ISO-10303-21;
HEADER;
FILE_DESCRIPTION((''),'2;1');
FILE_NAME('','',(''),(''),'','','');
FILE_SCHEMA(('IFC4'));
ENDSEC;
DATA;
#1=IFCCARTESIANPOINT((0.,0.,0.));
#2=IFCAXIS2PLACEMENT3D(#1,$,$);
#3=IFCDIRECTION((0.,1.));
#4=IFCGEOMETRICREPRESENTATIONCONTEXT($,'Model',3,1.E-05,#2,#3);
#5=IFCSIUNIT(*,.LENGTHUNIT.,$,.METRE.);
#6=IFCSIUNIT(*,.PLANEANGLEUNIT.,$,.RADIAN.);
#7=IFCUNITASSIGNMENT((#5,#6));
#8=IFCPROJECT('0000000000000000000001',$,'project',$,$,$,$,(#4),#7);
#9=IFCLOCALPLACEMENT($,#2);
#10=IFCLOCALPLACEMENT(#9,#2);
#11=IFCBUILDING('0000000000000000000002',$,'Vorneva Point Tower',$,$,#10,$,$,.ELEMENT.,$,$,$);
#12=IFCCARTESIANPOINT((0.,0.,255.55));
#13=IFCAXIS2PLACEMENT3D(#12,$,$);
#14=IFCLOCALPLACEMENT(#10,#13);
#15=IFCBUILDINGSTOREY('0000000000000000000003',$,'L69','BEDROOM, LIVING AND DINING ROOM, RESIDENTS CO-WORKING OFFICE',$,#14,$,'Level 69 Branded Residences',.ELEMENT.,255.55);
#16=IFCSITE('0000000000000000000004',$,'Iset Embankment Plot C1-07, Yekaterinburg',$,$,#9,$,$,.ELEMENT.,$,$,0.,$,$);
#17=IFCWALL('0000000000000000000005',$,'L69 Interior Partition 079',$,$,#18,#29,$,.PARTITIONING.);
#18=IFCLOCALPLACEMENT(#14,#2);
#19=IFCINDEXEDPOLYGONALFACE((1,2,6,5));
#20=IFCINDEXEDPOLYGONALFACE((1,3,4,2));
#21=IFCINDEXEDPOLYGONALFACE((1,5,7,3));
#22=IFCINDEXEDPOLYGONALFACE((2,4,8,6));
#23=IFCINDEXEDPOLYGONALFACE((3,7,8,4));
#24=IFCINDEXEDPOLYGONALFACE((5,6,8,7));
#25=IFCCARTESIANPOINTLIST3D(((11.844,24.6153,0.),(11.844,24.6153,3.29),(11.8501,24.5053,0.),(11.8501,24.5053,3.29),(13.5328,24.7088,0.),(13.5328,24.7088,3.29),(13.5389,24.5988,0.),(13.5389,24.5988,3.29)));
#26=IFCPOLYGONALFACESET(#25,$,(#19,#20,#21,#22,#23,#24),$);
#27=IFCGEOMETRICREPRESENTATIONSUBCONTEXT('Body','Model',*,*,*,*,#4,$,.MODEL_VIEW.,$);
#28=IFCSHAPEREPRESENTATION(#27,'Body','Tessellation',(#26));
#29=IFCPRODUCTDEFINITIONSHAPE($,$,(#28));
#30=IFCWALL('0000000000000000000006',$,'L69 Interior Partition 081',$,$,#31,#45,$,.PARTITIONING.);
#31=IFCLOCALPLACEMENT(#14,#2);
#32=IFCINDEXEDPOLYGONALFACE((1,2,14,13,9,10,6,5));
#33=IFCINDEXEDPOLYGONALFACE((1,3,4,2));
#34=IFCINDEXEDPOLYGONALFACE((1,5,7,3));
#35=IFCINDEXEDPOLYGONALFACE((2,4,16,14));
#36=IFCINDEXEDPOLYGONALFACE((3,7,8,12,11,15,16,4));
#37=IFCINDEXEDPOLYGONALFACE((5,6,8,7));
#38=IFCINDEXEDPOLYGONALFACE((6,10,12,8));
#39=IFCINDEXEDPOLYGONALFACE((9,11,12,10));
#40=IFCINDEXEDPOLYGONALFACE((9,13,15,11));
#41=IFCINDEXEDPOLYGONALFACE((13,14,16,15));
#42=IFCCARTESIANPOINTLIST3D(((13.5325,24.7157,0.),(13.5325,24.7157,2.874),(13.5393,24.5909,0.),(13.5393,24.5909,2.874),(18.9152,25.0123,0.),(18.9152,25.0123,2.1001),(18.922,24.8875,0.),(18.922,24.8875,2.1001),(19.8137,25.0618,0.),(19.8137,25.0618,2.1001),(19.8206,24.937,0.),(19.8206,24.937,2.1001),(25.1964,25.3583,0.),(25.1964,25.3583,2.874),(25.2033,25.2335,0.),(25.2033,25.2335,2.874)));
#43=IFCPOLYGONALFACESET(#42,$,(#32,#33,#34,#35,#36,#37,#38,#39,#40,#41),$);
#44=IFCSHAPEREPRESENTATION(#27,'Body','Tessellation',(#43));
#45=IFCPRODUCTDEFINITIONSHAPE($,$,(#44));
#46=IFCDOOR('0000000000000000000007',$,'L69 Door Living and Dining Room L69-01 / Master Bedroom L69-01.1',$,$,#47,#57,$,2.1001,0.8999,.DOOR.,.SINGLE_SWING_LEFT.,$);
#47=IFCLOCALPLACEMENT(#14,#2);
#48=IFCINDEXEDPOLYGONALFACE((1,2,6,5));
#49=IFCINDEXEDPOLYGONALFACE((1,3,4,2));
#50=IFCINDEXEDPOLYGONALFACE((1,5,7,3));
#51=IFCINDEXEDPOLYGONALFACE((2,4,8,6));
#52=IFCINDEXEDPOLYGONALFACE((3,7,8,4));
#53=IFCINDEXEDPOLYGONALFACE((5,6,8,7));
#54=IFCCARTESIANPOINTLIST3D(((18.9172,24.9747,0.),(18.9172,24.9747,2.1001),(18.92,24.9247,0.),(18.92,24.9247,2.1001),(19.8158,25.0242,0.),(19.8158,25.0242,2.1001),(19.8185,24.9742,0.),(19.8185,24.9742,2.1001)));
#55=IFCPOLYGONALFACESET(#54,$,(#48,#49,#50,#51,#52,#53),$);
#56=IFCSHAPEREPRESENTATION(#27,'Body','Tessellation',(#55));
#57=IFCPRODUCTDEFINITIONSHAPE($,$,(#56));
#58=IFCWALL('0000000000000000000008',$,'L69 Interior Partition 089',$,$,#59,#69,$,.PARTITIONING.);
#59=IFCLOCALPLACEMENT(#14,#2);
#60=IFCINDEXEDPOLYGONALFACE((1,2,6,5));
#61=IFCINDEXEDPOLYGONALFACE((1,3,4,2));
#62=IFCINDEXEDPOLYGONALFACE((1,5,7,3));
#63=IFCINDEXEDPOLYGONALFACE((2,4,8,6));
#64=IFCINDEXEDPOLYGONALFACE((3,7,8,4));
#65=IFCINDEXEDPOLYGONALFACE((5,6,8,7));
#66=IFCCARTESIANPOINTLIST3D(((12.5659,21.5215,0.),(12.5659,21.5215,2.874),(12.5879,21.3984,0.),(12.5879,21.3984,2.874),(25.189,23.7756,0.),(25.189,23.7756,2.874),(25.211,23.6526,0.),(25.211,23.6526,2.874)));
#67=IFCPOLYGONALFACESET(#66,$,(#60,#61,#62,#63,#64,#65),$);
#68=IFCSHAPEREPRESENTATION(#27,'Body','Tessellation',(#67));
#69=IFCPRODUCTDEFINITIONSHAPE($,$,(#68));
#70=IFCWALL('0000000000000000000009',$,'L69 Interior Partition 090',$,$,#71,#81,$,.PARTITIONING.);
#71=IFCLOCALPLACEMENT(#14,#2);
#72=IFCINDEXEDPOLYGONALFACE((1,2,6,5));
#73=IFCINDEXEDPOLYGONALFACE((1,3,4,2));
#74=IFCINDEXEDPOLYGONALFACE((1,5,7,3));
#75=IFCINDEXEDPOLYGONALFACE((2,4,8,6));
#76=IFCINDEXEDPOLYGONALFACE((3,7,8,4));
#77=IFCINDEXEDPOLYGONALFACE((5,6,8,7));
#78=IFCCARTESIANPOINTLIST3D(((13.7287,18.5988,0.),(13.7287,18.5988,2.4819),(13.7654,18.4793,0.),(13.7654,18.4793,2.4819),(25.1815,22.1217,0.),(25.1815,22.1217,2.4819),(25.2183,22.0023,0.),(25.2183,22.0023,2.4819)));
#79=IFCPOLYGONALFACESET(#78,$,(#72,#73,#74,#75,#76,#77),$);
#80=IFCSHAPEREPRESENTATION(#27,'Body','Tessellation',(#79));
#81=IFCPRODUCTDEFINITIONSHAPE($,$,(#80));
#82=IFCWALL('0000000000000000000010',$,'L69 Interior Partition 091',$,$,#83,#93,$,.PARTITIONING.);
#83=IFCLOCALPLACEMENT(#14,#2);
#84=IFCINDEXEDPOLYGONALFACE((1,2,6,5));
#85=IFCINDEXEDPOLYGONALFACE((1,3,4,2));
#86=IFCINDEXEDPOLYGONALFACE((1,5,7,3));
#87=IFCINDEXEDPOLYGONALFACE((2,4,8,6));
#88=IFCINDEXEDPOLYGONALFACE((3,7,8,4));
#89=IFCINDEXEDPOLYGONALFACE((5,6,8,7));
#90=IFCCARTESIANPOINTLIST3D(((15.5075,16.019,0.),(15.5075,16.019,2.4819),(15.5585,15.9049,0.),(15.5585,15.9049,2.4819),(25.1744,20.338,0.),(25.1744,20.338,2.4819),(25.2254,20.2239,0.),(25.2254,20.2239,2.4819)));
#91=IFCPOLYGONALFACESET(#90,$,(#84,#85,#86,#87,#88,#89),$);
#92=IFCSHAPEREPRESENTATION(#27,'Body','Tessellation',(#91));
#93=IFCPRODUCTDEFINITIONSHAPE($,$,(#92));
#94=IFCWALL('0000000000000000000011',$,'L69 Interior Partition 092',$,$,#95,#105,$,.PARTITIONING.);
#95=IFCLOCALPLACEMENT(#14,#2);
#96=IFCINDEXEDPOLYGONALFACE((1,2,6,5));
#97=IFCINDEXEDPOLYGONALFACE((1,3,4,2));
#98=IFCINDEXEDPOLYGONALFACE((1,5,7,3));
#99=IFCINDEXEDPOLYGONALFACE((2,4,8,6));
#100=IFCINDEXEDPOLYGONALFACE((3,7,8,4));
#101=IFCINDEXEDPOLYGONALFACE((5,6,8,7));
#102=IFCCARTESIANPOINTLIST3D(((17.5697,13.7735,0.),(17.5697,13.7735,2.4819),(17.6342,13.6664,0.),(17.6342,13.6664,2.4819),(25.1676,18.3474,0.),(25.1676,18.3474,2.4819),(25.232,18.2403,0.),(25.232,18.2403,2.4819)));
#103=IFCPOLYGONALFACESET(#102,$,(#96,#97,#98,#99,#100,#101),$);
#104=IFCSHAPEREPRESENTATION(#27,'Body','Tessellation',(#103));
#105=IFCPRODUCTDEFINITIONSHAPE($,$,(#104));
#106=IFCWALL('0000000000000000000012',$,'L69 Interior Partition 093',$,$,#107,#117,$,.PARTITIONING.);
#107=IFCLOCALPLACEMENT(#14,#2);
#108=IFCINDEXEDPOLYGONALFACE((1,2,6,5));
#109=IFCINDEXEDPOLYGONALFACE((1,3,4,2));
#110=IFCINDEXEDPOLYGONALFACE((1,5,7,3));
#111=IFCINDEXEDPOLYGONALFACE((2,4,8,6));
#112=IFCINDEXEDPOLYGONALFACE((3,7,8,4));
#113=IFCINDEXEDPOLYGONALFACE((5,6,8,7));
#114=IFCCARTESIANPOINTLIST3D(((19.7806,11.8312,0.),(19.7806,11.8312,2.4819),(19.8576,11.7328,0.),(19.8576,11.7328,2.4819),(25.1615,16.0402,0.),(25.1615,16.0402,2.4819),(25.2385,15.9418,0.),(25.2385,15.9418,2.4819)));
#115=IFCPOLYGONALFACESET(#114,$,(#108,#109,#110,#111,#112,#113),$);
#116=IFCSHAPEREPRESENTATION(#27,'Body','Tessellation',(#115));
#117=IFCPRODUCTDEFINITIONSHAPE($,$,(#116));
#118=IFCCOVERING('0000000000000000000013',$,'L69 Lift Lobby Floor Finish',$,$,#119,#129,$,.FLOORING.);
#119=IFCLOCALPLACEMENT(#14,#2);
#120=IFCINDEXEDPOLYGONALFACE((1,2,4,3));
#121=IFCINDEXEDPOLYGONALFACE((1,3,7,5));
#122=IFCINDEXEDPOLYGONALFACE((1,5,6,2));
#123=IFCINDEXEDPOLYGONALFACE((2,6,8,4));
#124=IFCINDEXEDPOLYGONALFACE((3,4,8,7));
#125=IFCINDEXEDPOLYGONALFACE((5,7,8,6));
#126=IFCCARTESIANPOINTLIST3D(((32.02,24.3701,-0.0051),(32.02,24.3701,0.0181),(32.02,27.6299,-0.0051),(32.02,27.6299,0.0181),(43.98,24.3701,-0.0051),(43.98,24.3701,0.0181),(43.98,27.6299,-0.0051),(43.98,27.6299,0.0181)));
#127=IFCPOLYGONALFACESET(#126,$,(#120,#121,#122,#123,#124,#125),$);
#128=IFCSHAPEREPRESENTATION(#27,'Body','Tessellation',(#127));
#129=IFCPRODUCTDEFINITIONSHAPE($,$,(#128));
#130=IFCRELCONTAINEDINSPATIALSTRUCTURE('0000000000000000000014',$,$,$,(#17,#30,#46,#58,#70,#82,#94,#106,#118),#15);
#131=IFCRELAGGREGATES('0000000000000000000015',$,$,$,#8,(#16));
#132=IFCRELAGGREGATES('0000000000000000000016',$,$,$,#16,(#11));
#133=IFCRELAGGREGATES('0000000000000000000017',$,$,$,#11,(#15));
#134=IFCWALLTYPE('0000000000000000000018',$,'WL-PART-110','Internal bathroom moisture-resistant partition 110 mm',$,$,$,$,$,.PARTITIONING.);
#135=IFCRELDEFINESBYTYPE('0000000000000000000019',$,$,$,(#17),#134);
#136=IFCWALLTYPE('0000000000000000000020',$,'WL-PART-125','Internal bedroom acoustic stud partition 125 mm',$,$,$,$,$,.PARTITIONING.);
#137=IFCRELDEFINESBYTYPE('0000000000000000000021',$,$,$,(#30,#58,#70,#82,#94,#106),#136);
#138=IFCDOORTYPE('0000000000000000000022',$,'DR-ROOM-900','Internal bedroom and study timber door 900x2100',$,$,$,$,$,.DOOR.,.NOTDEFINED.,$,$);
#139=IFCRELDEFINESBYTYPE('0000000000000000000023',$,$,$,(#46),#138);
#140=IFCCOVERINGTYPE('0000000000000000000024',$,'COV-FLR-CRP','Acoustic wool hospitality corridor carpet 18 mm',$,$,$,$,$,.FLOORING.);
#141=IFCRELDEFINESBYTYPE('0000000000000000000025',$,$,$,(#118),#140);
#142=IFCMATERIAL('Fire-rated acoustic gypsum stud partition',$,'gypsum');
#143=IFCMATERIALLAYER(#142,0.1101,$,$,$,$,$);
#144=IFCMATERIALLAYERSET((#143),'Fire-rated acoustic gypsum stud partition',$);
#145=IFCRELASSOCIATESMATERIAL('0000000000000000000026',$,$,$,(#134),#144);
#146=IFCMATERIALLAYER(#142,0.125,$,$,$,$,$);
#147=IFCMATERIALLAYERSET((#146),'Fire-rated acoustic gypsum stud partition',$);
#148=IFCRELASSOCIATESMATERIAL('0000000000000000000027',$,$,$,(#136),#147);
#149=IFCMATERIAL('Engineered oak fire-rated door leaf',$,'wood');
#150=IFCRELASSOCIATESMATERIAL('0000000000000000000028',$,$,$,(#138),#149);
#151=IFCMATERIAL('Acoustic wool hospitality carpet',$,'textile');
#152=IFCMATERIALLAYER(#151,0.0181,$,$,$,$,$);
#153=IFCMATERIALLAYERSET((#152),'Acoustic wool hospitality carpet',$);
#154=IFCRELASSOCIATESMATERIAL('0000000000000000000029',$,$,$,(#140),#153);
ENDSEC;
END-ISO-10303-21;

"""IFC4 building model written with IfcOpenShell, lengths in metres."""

from ifc_helpers import new_model, si_unit, direction, frame, frame_2d, origin, place, context, subcontext, project, spatial, polyline, rectangle, outline, extrude, material, layer, layer_set, type_object, element, fill, save


model = new_model("IFC4")

# Units and contexts
model_context = context("Model", 3, precision=1e-05, world=origin(), true_north=direction((0.0, 1.0)))
body_context = subcontext(model_context, "Body", "Model", "MODEL_VIEW")
ifc_project = project(units=[si_unit("LENGTHUNIT", "METRE"), si_unit("PLANEANGLEUNIT", "RADIAN")], contexts=[model_context])

# Site, building, storey
site_placement = place(None, origin())
site = spatial("IfcSite", under=ifc_project, at=site_placement, Name="Iset Embankment Plot C1-07, Yekaterinburg", CompositionType="ELEMENT", RefElevation=0.0)
building_placement = place(site_placement, origin())
building = spatial("IfcBuilding", under=site, at=building_placement, Name="Vorneva Point Tower", CompositionType="ELEMENT")
storey_placement = place(building_placement, frame((0.0, 0.0, 255.55)))
storey = spatial("IfcBuildingStorey", under=building, at=storey_placement, Name="L69", Description="BEDROOM, LIVING AND DINING ROOM, RESIDENTS CO-WORKING OFFICE", LongName="Level 69 Branded Residences", CompositionType="ELEMENT", Elevation=255.55)

# Wall
ifc_material_1 = material(Name="Fire-rated acoustic gypsum stud partition", Category="gypsum")
ifc_layer_1 = layer(ifc_material_1, 0.1101)
ifc_layer_set_1 = layer_set([ifc_layer_1], Name="Fire-rated acoustic gypsum stud partition")
wall_type_1 = type_object("IfcWallType", Name="WL-PART-110", Description="Internal bathroom moisture-resistant partition 110 mm", PredefinedType="PARTITIONING", material=ifc_layer_set_1)
wall_1_placement = place(storey_placement, frame((13.5359, 24.6538, 0.0), z_axis=(0.0, 0.0, 1.0), x_axis=(-0.998471, -0.055286, 0.0)))
element("IfcWall", 1, at=wall_1_placement, inside=storey, type_object=wall_type_1, Name="L69 Interior Partition 079", PredefinedType="PARTITIONING", context=body_context, shape_type="SweptSolid", body=[
    extrude(rectangle(XDim=1.6914, YDim=0.1101, at=frame_2d((0.8457, 0.0))), origin(), (0.0, 0.0, 1.0), 3.29),
])

# Wall, opening, door
ifc_layer_2 = layer(ifc_material_1, 0.125)
ifc_layer_set_2 = layer_set([ifc_layer_2], Name="Fire-rated acoustic gypsum stud partition")
wall_type_2 = type_object("IfcWallType", Name="WL-PART-125", Description="Internal bedroom acoustic stud partition 125 mm", PredefinedType="PARTITIONING", material=ifc_layer_set_2)
wall_2_placement = place(storey_placement, frame((13.5359, 24.6533, 0.0), z_axis=(0.0, 0.0, 1.0), x_axis=(0.998486, 0.055007, 0.0)))
wall_2 = element("IfcWall", 2, at=wall_2_placement, inside=storey, type_object=wall_type_2, Name="L69 Interior Partition 081", PredefinedType="PARTITIONING", context=body_context, shape_type="SweptSolid", body=[
    extrude(rectangle(XDim=11.6816, YDim=0.125, at=frame_2d((5.8408, 0.0))), origin(), (0.0, 0.0, 1.0), 2.874),
])
opening_1_placement = place(wall_2_placement, frame((5.3909, 0.0, 0.0)))
opening_1 = element("IfcOpeningElement", 3, at=opening_1_placement, cuts=wall_2, PredefinedType="OPENING", context=body_context, shape_type="SweptSolid", body=[
    extrude(rectangle(XDim=0.8999, YDim=2.1001, at=frame_2d((0.45, 1.05))), frame((0.0, 0.0774, 0.0), z_axis=(0.0, -1.0, 0.0), x_axis=(1.0, 0.0, 0.0)), (0.0, 0.0, 1.0), 0.1548),
])
ifc_material_2 = material(Name="Engineered oak fire-rated door leaf", Category="wood")
door_type = type_object("IfcDoorType", Name="DR-ROOM-900", Description="Internal bedroom and study timber door 900x2100", OperationType="NOTDEFINED", PredefinedType="DOOR", material=ifc_material_2)
door_placement = place(opening_1_placement, origin())
door = element("IfcDoor", 4, at=door_placement, inside=storey, type_object=door_type, Name="L69 Door Living and Dining Room L69-01 / Master Bedroom L69-01.1", OperationType="SINGLE_SWING_LEFT", OverallHeight=2.1001, OverallWidth=0.8999, PredefinedType="DOOR", context=body_context, shape_type="SweptSolid", body=[
    extrude(rectangle(XDim=0.8999, YDim=2.1001, at=frame_2d((0.45, 1.05))), frame((0.0, 0.0249, 0.0), z_axis=(0.0, -1.0, 0.0), x_axis=(1.0, 0.0, 0.0)), (0.0, 0.0, 1.0), 0.05),
])
fill(opening_1, door)

# Walls
wall_3_placement = place(storey_placement, frame((12.5769, 21.46, 0.0), z_axis=(0.0, 0.0, 1.0), x_axis=(0.984427, 0.175793, 0.0)))
element("IfcWall", 5, at=wall_3_placement, inside=storey, type_object=wall_type_2, Name="L69 Interior Partition 089", PredefinedType="PARTITIONING", context=body_context, shape_type="SweptSolid", body=[
    extrude(rectangle(XDim=12.8228, YDim=0.125, at=frame_2d((6.4114, 0.0))), origin(), (0.0, 0.0, 1.0), 2.874),
])
wall_4_placement = place(storey_placement, frame((13.7471, 18.5391, 0.0), z_axis=(0.0, 0.0, 1.0), x_axis=(0.955803, 0.294009, 0.0)))
element("IfcWall", 6, at=wall_4_placement, inside=storey, type_object=wall_type_2, Name="L69 Interior Partition 090", PredefinedType="PARTITIONING", context=body_context, shape_type="SweptSolid", body=[
    extrude(rectangle(XDim=11.9824, YDim=0.125, at=frame_2d((5.9912, 0.0))), origin(), (0.0, 0.0, 1.0), 2.4819),
])
wall_5_placement = place(storey_placement, frame((15.533, 15.9619, 0.0), z_axis=(0.0, 0.0, 1.0), x_axis=(0.913016, 0.407924, 0.0)))
element("IfcWall", 7, at=wall_5_placement, inside=storey, type_object=wall_type_2, Name="L69 Interior Partition 091", PredefinedType="PARTITIONING", context=body_context, shape_type="SweptSolid", body=[
    extrude(rectangle(XDim=10.5879, YDim=0.125, at=frame_2d((5.2939, 0.0))), origin(), (0.0, 0.0, 1.0), 2.4819),
])
wall_6_placement = place(storey_placement, frame((17.6021, 13.72, 0.0), z_axis=(0.0, 0.0, 1.0), x_axis=(0.856734, 0.515758, 0.0)))
element("IfcWall", 8, at=wall_6_placement, inside=storey, type_object=wall_type_2, Name="L69 Interior Partition 092", PredefinedType="PARTITIONING", context=body_context, shape_type="SweptSolid", body=[
    extrude(rectangle(XDim=8.8684, YDim=0.125, at=frame_2d((4.4341, 0.0))), origin(), (0.0, 0.0, 1.0), 2.4819),
])
wall_7_placement = place(storey_placement, frame((19.8191, 11.782, 0.0), z_axis=(0.0, 0.0, 1.0), x_axis=(0.787656, 0.616116, 0.0)))
element("IfcWall", 9, at=wall_7_placement, inside=storey, type_object=wall_type_2, Name="L69 Interior Partition 093", PredefinedType="PARTITIONING", context=body_context, shape_type="SweptSolid", body=[
    extrude(rectangle(XDim=6.8315, YDim=0.125, at=frame_2d((3.4158, 0.0))), origin(), (0.0, 0.0, 1.0), 2.4819),
])

# Covering
ifc_material_3 = material(Name="Acoustic wool hospitality carpet", Category="textile")
ifc_layer_3 = layer(ifc_material_3, 0.0181)
ifc_layer_set_3 = layer_set([ifc_layer_3], Name="Acoustic wool hospitality carpet")
covering_type = type_object("IfcCoveringType", Name="COV-FLR-CRP", Description="Acoustic wool hospitality corridor carpet 18 mm", PredefinedType="FLOORING", material=ifc_layer_set_3)
covering_placement = place(storey_placement, frame((0.0, 0.0, -0.0051)))
element("IfcCovering", 10, at=covering_placement, inside=storey, type_object=covering_type, Name="L69 Lift Lobby Floor Finish", PredefinedType="FLOORING", context=body_context, shape_type="SweptSolid", body=[
    extrude(outline(polyline([(32.02, 24.3701), (43.98, 24.3701), (43.98, 27.6299), (32.02, 27.6299), (32.02, 24.3701)])), origin(), (0.0, 0.0, 1.0), 0.0232),
])

save(model, "model.ifc")
